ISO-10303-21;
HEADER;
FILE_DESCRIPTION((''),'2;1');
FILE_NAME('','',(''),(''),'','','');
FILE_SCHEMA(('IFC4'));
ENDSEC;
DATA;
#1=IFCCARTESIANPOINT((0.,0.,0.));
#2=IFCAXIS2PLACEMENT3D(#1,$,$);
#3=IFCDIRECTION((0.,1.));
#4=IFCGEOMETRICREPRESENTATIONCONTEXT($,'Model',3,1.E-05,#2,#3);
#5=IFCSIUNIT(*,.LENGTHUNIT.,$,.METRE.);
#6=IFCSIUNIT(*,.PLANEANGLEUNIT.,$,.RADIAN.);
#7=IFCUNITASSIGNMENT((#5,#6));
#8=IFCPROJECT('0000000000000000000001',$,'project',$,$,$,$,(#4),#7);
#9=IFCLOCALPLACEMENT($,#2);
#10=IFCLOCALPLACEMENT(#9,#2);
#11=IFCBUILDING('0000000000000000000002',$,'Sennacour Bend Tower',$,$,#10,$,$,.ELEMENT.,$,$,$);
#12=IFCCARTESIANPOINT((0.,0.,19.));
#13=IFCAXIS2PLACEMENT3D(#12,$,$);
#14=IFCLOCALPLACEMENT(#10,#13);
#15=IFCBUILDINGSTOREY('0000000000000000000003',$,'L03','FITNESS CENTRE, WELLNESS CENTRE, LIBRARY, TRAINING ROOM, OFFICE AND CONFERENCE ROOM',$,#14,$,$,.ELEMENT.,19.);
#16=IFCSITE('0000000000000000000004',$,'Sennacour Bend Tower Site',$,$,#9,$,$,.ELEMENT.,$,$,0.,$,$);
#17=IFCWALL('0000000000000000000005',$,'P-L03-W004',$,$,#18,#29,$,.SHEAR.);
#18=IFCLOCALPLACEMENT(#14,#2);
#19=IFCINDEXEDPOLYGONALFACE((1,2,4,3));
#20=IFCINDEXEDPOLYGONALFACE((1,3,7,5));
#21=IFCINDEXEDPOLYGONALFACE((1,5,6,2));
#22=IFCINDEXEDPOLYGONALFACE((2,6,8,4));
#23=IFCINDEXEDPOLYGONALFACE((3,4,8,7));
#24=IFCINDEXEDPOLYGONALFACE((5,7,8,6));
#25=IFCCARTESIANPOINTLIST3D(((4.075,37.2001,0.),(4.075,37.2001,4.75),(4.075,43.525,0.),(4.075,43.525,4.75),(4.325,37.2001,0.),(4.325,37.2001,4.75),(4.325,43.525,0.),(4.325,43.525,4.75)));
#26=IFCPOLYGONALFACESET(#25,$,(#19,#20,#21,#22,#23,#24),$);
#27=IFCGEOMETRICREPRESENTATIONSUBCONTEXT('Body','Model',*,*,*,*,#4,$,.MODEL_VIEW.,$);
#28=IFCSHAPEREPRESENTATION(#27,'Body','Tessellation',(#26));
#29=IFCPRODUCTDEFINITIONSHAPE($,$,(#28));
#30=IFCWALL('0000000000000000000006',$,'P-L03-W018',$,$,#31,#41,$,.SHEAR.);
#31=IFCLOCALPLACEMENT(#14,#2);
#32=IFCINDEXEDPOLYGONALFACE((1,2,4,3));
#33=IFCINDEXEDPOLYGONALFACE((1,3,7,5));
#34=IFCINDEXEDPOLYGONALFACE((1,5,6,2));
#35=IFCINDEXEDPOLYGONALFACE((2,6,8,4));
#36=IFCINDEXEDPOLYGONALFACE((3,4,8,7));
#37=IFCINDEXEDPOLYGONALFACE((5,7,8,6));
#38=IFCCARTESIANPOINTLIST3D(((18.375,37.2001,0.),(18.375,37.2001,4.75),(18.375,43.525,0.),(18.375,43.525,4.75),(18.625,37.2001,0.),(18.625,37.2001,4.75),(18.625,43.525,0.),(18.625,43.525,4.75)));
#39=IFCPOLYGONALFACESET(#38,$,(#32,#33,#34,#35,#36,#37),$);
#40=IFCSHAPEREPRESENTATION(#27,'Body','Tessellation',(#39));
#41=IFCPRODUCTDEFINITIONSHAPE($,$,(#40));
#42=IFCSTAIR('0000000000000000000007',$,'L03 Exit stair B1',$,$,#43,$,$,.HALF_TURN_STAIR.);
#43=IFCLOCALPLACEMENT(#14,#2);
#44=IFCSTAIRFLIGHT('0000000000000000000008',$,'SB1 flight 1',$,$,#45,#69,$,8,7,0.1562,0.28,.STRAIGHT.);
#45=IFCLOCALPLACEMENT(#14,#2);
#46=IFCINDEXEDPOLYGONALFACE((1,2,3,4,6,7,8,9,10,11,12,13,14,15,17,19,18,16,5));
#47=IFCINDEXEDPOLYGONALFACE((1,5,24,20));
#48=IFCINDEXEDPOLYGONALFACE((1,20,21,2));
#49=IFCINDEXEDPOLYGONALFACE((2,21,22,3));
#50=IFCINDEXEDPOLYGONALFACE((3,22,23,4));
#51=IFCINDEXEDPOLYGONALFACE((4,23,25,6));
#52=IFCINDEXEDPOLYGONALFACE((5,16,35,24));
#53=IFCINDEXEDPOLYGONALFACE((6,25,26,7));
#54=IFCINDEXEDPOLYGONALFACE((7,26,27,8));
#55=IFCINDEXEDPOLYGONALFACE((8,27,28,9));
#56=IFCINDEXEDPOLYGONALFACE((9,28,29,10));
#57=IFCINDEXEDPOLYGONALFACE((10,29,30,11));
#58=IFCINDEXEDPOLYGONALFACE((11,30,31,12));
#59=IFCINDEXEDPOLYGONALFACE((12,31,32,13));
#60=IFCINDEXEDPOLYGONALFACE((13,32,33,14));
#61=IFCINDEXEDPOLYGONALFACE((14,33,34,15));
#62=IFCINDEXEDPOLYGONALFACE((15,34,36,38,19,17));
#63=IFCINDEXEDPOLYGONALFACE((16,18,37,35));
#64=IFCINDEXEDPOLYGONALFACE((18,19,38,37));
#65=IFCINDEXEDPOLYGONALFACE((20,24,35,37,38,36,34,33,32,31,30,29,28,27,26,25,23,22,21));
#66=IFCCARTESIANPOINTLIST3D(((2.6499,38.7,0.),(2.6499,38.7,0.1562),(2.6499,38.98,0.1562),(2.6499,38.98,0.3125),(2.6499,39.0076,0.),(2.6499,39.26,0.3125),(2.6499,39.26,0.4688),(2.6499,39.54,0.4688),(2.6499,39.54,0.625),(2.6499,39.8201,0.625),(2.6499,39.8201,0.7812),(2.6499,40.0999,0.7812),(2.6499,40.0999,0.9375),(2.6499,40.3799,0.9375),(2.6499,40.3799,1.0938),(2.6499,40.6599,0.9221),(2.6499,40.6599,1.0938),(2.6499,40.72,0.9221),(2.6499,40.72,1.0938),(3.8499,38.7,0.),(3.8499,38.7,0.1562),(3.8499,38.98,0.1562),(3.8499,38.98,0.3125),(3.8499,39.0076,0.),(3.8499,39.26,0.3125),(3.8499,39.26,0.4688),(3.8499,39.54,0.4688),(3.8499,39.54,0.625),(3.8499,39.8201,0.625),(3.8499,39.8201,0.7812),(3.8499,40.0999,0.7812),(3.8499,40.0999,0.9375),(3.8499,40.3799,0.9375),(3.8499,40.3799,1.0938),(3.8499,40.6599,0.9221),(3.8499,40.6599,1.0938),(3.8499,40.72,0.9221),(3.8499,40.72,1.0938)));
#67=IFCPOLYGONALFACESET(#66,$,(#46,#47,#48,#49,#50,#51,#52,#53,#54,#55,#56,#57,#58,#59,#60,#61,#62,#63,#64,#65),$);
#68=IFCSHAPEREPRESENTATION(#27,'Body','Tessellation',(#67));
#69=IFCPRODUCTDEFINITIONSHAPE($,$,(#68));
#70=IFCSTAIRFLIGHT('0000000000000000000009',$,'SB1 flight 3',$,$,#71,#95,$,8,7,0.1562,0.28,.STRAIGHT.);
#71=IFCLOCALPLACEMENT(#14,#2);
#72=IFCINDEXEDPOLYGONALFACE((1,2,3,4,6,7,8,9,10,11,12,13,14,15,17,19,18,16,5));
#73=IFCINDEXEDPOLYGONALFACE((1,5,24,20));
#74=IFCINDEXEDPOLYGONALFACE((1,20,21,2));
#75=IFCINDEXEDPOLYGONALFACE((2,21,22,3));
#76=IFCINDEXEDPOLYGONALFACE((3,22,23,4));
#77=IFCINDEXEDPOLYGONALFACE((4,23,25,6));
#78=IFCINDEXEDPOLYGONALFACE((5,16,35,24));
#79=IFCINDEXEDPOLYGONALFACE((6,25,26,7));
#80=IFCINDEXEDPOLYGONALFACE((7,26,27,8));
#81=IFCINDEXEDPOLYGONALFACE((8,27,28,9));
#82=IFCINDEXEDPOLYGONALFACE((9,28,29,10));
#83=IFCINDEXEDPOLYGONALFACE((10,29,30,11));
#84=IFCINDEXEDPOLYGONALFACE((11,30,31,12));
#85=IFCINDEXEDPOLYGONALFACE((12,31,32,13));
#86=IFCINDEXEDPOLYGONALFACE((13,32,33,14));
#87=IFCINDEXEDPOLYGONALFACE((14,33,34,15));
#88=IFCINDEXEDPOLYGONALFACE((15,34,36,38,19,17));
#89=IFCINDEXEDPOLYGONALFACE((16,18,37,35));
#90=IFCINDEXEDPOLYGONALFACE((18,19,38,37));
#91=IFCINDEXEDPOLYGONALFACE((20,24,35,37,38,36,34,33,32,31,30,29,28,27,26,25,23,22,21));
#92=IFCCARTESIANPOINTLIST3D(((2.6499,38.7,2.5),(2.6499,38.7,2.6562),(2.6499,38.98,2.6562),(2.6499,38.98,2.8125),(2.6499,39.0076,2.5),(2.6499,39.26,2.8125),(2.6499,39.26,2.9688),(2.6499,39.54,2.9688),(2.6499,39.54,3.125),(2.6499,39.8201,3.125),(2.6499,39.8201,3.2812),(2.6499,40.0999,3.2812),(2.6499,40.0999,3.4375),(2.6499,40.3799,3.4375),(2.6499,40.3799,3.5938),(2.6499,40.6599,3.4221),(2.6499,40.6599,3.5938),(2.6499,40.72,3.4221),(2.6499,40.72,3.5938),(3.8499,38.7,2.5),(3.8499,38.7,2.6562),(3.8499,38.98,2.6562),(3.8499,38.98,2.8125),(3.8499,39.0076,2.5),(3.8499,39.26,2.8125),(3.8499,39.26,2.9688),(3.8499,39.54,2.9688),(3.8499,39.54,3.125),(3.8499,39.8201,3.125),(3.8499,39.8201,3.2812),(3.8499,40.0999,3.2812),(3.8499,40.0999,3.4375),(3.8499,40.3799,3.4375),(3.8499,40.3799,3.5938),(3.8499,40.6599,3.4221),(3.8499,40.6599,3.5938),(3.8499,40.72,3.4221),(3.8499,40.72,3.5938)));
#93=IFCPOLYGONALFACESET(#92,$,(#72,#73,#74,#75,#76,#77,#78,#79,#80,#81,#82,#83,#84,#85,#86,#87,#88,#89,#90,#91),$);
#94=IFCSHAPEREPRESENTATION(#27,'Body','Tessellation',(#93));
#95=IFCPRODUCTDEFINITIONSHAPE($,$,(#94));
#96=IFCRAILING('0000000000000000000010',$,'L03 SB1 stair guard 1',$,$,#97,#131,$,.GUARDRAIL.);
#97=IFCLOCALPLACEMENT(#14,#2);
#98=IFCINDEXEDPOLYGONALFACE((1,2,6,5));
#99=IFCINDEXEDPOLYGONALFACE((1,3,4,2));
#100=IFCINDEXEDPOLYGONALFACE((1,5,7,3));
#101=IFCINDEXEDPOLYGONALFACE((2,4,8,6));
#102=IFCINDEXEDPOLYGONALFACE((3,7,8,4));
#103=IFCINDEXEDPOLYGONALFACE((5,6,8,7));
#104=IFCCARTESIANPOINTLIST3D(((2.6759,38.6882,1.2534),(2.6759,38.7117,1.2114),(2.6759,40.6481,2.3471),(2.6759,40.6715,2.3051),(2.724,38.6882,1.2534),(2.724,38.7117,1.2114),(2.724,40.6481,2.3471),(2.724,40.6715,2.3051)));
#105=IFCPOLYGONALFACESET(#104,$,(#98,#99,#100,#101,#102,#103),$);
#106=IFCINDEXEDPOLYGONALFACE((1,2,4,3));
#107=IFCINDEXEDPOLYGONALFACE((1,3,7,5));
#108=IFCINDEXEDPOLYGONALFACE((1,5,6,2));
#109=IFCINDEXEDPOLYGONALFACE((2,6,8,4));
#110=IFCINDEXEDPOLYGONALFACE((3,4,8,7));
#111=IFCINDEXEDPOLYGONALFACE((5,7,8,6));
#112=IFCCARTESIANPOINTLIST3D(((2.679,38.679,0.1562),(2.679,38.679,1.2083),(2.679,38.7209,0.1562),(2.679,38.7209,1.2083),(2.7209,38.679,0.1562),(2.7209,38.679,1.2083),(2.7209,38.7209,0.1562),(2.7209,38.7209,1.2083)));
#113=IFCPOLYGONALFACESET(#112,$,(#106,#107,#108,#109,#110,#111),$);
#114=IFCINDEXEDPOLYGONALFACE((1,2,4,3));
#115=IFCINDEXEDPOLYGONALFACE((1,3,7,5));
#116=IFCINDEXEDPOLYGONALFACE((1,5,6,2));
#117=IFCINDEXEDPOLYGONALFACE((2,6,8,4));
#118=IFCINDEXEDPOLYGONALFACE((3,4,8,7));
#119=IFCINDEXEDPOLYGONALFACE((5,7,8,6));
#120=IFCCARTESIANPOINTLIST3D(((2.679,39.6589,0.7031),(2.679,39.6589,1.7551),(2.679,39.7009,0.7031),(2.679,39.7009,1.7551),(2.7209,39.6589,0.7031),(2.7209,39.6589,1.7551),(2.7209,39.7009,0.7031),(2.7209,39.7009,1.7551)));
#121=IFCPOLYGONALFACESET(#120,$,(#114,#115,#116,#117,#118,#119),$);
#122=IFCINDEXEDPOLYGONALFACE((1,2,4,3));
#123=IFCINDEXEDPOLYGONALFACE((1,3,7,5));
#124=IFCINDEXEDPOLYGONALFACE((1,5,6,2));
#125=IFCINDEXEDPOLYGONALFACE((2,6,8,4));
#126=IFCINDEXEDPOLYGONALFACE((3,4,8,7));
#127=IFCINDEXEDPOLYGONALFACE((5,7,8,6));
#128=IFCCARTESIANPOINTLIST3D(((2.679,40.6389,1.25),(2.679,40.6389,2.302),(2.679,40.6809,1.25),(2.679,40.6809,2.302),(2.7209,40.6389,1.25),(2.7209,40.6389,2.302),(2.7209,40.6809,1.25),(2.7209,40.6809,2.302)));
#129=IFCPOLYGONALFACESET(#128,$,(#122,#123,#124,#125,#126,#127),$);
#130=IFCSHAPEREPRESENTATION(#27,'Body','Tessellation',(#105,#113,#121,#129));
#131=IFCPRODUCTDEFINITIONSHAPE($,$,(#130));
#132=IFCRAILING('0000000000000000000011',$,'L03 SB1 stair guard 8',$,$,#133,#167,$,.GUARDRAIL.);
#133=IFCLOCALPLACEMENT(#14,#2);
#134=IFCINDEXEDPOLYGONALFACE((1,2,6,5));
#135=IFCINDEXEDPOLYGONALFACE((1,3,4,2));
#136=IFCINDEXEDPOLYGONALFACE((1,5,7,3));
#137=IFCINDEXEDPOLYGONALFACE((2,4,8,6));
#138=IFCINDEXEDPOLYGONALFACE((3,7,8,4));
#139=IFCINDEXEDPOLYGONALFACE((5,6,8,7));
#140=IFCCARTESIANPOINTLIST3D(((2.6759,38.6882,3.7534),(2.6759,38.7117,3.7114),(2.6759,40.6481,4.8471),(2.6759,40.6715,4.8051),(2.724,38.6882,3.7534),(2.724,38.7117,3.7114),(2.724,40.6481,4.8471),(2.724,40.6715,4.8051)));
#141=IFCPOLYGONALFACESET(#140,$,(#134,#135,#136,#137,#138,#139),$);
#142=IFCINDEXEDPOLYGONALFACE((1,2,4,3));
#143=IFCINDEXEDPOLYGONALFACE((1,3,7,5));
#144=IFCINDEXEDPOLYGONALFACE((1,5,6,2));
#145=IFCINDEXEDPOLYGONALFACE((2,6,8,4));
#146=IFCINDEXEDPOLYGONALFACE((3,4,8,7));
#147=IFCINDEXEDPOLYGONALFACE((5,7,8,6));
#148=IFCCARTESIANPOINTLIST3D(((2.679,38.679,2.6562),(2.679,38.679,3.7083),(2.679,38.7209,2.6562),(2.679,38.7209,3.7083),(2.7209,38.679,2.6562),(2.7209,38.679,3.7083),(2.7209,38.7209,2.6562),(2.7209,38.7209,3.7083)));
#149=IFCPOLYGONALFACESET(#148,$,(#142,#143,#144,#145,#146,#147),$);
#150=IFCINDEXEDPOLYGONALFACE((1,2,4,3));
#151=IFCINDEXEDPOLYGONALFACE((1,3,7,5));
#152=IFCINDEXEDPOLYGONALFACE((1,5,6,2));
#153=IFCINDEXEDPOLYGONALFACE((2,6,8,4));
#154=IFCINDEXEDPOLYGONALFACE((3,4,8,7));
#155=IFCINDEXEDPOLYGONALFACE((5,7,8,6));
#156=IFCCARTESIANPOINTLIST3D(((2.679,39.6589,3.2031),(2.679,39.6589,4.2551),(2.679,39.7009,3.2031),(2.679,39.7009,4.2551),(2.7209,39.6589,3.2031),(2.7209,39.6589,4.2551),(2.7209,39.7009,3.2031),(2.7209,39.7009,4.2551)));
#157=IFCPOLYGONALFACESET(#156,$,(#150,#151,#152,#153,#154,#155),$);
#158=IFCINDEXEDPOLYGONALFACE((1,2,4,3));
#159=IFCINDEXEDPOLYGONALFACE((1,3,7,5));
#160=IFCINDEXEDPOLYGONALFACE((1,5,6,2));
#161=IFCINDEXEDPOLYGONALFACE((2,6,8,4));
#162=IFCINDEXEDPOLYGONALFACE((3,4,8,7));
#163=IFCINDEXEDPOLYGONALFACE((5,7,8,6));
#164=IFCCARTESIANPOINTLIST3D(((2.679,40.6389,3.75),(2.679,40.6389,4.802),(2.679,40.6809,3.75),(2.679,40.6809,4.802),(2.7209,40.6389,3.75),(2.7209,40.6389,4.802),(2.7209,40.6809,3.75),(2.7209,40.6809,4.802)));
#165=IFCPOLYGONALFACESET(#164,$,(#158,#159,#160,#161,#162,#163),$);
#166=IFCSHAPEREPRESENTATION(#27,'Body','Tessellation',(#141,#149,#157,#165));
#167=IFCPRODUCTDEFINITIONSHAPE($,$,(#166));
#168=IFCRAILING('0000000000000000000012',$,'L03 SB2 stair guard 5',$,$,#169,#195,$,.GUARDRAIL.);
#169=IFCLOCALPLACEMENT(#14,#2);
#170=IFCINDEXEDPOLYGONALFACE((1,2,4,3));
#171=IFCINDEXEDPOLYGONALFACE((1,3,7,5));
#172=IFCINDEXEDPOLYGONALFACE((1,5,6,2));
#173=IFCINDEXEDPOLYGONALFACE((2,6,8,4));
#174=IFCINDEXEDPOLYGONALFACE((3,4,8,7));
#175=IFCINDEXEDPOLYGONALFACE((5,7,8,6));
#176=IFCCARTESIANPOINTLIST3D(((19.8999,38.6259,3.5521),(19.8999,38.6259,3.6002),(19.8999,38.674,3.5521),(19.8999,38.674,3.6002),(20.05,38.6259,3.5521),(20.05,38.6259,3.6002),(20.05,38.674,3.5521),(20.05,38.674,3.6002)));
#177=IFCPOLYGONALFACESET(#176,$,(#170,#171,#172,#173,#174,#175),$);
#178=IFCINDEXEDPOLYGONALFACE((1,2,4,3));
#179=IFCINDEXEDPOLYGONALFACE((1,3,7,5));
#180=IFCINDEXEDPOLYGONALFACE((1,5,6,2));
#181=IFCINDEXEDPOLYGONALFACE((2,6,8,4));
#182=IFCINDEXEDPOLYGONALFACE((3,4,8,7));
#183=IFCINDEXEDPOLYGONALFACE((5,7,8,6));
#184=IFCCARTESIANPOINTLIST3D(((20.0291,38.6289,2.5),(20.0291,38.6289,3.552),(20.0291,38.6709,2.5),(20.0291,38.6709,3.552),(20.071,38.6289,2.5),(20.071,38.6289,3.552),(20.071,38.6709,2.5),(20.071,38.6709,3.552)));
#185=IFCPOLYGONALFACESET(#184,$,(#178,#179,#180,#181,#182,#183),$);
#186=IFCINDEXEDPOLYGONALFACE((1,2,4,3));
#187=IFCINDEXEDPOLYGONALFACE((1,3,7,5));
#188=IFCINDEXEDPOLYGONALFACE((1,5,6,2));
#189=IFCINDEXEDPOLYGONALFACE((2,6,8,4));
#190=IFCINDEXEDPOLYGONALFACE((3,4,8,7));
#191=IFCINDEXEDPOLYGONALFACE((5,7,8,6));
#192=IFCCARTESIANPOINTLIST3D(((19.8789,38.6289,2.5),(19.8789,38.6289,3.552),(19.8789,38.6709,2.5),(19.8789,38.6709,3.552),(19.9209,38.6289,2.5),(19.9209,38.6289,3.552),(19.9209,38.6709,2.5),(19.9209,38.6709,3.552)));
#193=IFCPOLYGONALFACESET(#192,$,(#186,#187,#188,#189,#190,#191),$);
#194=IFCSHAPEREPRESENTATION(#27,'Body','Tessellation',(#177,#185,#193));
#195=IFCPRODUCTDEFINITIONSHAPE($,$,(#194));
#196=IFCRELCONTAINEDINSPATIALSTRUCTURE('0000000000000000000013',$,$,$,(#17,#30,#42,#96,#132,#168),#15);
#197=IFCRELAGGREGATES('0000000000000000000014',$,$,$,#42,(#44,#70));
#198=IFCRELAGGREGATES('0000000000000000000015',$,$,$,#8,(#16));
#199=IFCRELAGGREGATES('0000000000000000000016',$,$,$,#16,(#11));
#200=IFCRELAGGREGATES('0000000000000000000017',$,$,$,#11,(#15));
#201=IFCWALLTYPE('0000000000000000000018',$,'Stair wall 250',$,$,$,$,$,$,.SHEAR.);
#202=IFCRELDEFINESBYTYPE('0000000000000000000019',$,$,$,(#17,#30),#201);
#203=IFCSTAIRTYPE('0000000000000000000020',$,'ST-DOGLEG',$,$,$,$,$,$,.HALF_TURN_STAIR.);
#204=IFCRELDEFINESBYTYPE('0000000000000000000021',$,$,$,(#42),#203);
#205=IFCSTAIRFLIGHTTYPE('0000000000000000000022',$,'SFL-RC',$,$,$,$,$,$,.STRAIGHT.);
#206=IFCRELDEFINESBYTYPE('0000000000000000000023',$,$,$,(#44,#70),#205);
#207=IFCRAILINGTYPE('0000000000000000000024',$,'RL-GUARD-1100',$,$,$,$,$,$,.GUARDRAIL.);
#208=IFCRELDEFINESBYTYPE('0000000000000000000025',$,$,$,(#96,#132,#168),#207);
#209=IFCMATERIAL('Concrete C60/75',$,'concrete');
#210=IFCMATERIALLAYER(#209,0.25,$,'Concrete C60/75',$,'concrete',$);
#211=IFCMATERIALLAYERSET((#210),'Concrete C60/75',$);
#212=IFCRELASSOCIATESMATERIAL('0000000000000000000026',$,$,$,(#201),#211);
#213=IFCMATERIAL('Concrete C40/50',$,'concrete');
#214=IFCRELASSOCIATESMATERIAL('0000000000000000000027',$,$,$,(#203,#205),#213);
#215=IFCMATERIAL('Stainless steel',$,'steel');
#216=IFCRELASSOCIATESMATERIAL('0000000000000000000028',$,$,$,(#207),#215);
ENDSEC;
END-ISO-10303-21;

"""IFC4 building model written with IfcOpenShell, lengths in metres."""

from ifc_helpers import new_model, si_unit, direction, frame, frame_2d, origin, origin_2d, place, context, subcontext, project, spatial, polyline, rectangle, outline, extrude, material, layer, layer_set, type_object, element, aggregate, save


model = new_model("IFC4")

# Units and contexts
model_context = context("Model", 3, precision=1e-05, world=origin(), true_north=direction((0.0, 1.0)))
body_context = subcontext(model_context, "Body", "Model", "MODEL_VIEW")
ifc_project = project(units=[si_unit("LENGTHUNIT", "METRE"), si_unit("PLANEANGLEUNIT", "RADIAN")], contexts=[model_context])

# Site, building, storey
site_placement = place(None, origin())
site = spatial("IfcSite", under=ifc_project, at=site_placement, Name="Sennacour Bend Tower Site", CompositionType="ELEMENT", RefElevation=0.0)
building_placement = place(site_placement, origin())
building = spatial("IfcBuilding", under=site, at=building_placement, Name="Sennacour Bend Tower", CompositionType="ELEMENT")
storey_placement = place(building_placement, frame((0.0, 0.0, 19.0)))
storey = spatial("IfcBuildingStorey", under=building, at=storey_placement, Name="L03", Description="FITNESS CENTRE, WELLNESS CENTRE, LIBRARY, TRAINING ROOM, OFFICE AND CONFERENCE ROOM", CompositionType="ELEMENT", Elevation=19.0)

# Shared definitions
ifc_material_1 = material(Name="Stainless steel", Category="steel")

# Walls
ifc_material_2 = material(Name="Concrete C60/75", Category="concrete")
ifc_layer_1 = layer(ifc_material_2, 0.25, Name="Concrete C60/75", Category="concrete")
ifc_layer_set_1 = layer_set([ifc_layer_1], Name="Concrete C60/75")
wall_type_1 = type_object("IfcWallType", Name="Stair wall 250", PredefinedType="SHEAR", material=ifc_layer_set_1)
for number, where, z_axis, x_axis, name in (
    (1, (4.2, 37.2, 0.0), (0.0, 0.0, 1.0), (0.0, 1.0, 0.0), "P-L03-W004"),
    (2, (18.5, 37.2, 0.0), (0.0, 0.0, 1.0), (0.0, 1.0, 0.0), "P-L03-W018"),
):
    element("IfcWall", number, at=place(storey_placement, frame(where, z_axis=z_axis, x_axis=x_axis)), inside=storey, type_object=wall_type_1, Name=name, PredefinedType="SHEAR", context=body_context, shape_type="SweptSolid", body=[
        extrude(rectangle(XDim=6.325, YDim=0.25, at=frame_2d((3.1626, 0.0))), origin(), (0.0, 0.0, 1.0), 4.75),
    ])

# Stair, stair flights
ifc_material_3 = material(Name="Concrete C40/50", Category="concrete")
stair_type = type_object("IfcStairType", Name="ST-DOGLEG", PredefinedType="HALF_TURN_STAIR", material=ifc_material_3)
stair_placement = place(storey_placement, origin())
stair = element("IfcStair", 3, at=stair_placement, inside=storey, type_object=stair_type, Name="L03 Exit stair B1", PredefinedType="HALF_TURN_STAIR")
stair_flight_type = type_object("IfcStairFlightType", Name="SFL-RC", PredefinedType="STRAIGHT", material=ifc_material_3)
stair_flight_1_placement = place(storey_placement, frame((3.25, 38.7, 0.0), z_axis=(0.0, 0.0, 1.0), x_axis=(0.0, 1.0, 0.0)))
stair_flight_1 = element("IfcStairFlight", 4, at=stair_flight_1_placement, type_object=stair_flight_type, Name="SB1 flight 1", NumberOfRisers=8, NumberOfTreads=7, PredefinedType="STRAIGHT", RiserHeight=0.1562, TreadLength=0.28, context=body_context, shape_type="SweptSolid", body=[
    extrude(outline(polyline([(0.0, 0.0), (0.0, 0.1562), (0.28, 0.1562), (0.28, 0.3125), (0.5601, 0.3125), (0.5601, 0.4688), (0.8401, 0.4688), (0.8401, 0.625), (1.1201, 0.625), (1.1201, 0.7812), (1.3999, 0.7812), (1.3999, 0.9375), (1.6799, 0.9375), (1.6799, 1.0938), (1.96, 1.0938), (2.02, 1.0938), (2.02, 0.9221), (1.96, 0.9221), (0.3076, 0.0), (0.0, 0.0)])), frame((0.0, 0.6001, 0.0), z_axis=(0.0, -1.0, 0.0), x_axis=(1.0, 0.0, 0.0)), (0.0, 0.0, 1.0), 1.2),
])
stair_flight_2_placement = place(storey_placement, frame((3.25, 38.7, 2.5), z_axis=(0.0, 0.0, 1.0), x_axis=(0.0, 1.0, 0.0)))
stair_flight_2 = element("IfcStairFlight", 5, at=stair_flight_2_placement, type_object=stair_flight_type, Name="SB1 flight 3", NumberOfRisers=8, NumberOfTreads=7, PredefinedType="STRAIGHT", RiserHeight=0.1562, TreadLength=0.28, context=body_context, shape_type="SweptSolid", body=[
    extrude(outline(polyline([(0.0, 0.0), (0.0, 0.1562), (0.28, 0.1562), (0.28, 0.3125), (0.5601, 0.3125), (0.5601, 0.4688), (0.8401, 0.4688), (0.8401, 0.625), (1.1201, 0.625), (1.1201, 0.7812), (1.3999, 0.7812), (1.3999, 0.9375), (1.6799, 0.9375), (1.6799, 1.0938), (1.96, 1.0938), (2.02, 1.0938), (2.02, 0.9221), (1.96, 0.9221), (0.3076, 0.0), (0.0, 0.0)])), frame((0.0, 0.6001, 0.0), z_axis=(0.0, -1.0, 0.0), x_axis=(1.0, 0.0, 0.0)), (0.0, 0.0, 1.0), 1.2),
])
aggregate(stair, [stair_flight_1, stair_flight_2])

# Railings
railing_type_1 = type_object("IfcRailingType", Name="RL-GUARD-1100", PredefinedType="GUARDRAIL", material=ifc_material_1)
for number, where, name in (
    (6, (2.7, 38.7, 0.1562), "L03 SB1 stair guard 1"),
    (7, (2.7, 38.7, 2.6562), "L03 SB1 stair guard 8"),
):
    element("IfcRailing", number, at=place(storey_placement, frame(where)), inside=storey, type_object=railing_type_1, Name=name, PredefinedType="GUARDRAIL", context=body_context, shape_type="SweptSolid", body=[
        extrude(rectangle(XDim=0.0481, YDim=0.0481, at=origin_2d()), frame((0.0, 0.0, 1.0762), z_axis=(0.0, 0.873232, 0.487304), x_axis=(-1.0, 0.0, 0.0)), (0.0, 0.0, 1.0), 2.2444),
        extrude(rectangle(XDim=0.042, YDim=0.042, at=origin_2d()), origin(), (0.0, 0.0, 1.0), 1.052),
        extrude(rectangle(XDim=0.042, YDim=0.042, at=origin_2d()), frame((0.0, 0.98, 0.5469)), (0.0, 0.0, 1.0), 1.052),
        extrude(rectangle(XDim=0.042, YDim=0.042, at=origin_2d()), frame((0.0, 1.96, 1.0938)), (0.0, 0.0, 1.0), 1.052),
    ])
for number, where, name in (
    (8, (20.05, 38.6499, 2.5), "L03 SB2 stair guard 5"),
):
    element("IfcRailing", number, at=place(storey_placement, frame(where)), inside=storey, type_object=railing_type_1, Name=name, PredefinedType="GUARDRAIL", context=body_context, shape_type="SweptSolid", body=[
        extrude(rectangle(XDim=0.0481, YDim=0.0481, at=origin_2d()), frame((0.0, 0.0, 1.0762), z_axis=(-1.0, 0.0, 0.0), x_axis=(0.0, -1.0, 0.0)), (0.0, 0.0, 1.0), 0.1501),
        extrude(rectangle(XDim=0.042, YDim=0.042, at=origin_2d()), origin(), (0.0, 0.0, 1.0), 1.052),
        extrude(rectangle(XDim=0.042, YDim=0.042, at=origin_2d()), frame((-0.1501, 0.0, 0.0)), (0.0, 0.0, 1.0), 1.052),
    ])

save(model, "model.ifc")
